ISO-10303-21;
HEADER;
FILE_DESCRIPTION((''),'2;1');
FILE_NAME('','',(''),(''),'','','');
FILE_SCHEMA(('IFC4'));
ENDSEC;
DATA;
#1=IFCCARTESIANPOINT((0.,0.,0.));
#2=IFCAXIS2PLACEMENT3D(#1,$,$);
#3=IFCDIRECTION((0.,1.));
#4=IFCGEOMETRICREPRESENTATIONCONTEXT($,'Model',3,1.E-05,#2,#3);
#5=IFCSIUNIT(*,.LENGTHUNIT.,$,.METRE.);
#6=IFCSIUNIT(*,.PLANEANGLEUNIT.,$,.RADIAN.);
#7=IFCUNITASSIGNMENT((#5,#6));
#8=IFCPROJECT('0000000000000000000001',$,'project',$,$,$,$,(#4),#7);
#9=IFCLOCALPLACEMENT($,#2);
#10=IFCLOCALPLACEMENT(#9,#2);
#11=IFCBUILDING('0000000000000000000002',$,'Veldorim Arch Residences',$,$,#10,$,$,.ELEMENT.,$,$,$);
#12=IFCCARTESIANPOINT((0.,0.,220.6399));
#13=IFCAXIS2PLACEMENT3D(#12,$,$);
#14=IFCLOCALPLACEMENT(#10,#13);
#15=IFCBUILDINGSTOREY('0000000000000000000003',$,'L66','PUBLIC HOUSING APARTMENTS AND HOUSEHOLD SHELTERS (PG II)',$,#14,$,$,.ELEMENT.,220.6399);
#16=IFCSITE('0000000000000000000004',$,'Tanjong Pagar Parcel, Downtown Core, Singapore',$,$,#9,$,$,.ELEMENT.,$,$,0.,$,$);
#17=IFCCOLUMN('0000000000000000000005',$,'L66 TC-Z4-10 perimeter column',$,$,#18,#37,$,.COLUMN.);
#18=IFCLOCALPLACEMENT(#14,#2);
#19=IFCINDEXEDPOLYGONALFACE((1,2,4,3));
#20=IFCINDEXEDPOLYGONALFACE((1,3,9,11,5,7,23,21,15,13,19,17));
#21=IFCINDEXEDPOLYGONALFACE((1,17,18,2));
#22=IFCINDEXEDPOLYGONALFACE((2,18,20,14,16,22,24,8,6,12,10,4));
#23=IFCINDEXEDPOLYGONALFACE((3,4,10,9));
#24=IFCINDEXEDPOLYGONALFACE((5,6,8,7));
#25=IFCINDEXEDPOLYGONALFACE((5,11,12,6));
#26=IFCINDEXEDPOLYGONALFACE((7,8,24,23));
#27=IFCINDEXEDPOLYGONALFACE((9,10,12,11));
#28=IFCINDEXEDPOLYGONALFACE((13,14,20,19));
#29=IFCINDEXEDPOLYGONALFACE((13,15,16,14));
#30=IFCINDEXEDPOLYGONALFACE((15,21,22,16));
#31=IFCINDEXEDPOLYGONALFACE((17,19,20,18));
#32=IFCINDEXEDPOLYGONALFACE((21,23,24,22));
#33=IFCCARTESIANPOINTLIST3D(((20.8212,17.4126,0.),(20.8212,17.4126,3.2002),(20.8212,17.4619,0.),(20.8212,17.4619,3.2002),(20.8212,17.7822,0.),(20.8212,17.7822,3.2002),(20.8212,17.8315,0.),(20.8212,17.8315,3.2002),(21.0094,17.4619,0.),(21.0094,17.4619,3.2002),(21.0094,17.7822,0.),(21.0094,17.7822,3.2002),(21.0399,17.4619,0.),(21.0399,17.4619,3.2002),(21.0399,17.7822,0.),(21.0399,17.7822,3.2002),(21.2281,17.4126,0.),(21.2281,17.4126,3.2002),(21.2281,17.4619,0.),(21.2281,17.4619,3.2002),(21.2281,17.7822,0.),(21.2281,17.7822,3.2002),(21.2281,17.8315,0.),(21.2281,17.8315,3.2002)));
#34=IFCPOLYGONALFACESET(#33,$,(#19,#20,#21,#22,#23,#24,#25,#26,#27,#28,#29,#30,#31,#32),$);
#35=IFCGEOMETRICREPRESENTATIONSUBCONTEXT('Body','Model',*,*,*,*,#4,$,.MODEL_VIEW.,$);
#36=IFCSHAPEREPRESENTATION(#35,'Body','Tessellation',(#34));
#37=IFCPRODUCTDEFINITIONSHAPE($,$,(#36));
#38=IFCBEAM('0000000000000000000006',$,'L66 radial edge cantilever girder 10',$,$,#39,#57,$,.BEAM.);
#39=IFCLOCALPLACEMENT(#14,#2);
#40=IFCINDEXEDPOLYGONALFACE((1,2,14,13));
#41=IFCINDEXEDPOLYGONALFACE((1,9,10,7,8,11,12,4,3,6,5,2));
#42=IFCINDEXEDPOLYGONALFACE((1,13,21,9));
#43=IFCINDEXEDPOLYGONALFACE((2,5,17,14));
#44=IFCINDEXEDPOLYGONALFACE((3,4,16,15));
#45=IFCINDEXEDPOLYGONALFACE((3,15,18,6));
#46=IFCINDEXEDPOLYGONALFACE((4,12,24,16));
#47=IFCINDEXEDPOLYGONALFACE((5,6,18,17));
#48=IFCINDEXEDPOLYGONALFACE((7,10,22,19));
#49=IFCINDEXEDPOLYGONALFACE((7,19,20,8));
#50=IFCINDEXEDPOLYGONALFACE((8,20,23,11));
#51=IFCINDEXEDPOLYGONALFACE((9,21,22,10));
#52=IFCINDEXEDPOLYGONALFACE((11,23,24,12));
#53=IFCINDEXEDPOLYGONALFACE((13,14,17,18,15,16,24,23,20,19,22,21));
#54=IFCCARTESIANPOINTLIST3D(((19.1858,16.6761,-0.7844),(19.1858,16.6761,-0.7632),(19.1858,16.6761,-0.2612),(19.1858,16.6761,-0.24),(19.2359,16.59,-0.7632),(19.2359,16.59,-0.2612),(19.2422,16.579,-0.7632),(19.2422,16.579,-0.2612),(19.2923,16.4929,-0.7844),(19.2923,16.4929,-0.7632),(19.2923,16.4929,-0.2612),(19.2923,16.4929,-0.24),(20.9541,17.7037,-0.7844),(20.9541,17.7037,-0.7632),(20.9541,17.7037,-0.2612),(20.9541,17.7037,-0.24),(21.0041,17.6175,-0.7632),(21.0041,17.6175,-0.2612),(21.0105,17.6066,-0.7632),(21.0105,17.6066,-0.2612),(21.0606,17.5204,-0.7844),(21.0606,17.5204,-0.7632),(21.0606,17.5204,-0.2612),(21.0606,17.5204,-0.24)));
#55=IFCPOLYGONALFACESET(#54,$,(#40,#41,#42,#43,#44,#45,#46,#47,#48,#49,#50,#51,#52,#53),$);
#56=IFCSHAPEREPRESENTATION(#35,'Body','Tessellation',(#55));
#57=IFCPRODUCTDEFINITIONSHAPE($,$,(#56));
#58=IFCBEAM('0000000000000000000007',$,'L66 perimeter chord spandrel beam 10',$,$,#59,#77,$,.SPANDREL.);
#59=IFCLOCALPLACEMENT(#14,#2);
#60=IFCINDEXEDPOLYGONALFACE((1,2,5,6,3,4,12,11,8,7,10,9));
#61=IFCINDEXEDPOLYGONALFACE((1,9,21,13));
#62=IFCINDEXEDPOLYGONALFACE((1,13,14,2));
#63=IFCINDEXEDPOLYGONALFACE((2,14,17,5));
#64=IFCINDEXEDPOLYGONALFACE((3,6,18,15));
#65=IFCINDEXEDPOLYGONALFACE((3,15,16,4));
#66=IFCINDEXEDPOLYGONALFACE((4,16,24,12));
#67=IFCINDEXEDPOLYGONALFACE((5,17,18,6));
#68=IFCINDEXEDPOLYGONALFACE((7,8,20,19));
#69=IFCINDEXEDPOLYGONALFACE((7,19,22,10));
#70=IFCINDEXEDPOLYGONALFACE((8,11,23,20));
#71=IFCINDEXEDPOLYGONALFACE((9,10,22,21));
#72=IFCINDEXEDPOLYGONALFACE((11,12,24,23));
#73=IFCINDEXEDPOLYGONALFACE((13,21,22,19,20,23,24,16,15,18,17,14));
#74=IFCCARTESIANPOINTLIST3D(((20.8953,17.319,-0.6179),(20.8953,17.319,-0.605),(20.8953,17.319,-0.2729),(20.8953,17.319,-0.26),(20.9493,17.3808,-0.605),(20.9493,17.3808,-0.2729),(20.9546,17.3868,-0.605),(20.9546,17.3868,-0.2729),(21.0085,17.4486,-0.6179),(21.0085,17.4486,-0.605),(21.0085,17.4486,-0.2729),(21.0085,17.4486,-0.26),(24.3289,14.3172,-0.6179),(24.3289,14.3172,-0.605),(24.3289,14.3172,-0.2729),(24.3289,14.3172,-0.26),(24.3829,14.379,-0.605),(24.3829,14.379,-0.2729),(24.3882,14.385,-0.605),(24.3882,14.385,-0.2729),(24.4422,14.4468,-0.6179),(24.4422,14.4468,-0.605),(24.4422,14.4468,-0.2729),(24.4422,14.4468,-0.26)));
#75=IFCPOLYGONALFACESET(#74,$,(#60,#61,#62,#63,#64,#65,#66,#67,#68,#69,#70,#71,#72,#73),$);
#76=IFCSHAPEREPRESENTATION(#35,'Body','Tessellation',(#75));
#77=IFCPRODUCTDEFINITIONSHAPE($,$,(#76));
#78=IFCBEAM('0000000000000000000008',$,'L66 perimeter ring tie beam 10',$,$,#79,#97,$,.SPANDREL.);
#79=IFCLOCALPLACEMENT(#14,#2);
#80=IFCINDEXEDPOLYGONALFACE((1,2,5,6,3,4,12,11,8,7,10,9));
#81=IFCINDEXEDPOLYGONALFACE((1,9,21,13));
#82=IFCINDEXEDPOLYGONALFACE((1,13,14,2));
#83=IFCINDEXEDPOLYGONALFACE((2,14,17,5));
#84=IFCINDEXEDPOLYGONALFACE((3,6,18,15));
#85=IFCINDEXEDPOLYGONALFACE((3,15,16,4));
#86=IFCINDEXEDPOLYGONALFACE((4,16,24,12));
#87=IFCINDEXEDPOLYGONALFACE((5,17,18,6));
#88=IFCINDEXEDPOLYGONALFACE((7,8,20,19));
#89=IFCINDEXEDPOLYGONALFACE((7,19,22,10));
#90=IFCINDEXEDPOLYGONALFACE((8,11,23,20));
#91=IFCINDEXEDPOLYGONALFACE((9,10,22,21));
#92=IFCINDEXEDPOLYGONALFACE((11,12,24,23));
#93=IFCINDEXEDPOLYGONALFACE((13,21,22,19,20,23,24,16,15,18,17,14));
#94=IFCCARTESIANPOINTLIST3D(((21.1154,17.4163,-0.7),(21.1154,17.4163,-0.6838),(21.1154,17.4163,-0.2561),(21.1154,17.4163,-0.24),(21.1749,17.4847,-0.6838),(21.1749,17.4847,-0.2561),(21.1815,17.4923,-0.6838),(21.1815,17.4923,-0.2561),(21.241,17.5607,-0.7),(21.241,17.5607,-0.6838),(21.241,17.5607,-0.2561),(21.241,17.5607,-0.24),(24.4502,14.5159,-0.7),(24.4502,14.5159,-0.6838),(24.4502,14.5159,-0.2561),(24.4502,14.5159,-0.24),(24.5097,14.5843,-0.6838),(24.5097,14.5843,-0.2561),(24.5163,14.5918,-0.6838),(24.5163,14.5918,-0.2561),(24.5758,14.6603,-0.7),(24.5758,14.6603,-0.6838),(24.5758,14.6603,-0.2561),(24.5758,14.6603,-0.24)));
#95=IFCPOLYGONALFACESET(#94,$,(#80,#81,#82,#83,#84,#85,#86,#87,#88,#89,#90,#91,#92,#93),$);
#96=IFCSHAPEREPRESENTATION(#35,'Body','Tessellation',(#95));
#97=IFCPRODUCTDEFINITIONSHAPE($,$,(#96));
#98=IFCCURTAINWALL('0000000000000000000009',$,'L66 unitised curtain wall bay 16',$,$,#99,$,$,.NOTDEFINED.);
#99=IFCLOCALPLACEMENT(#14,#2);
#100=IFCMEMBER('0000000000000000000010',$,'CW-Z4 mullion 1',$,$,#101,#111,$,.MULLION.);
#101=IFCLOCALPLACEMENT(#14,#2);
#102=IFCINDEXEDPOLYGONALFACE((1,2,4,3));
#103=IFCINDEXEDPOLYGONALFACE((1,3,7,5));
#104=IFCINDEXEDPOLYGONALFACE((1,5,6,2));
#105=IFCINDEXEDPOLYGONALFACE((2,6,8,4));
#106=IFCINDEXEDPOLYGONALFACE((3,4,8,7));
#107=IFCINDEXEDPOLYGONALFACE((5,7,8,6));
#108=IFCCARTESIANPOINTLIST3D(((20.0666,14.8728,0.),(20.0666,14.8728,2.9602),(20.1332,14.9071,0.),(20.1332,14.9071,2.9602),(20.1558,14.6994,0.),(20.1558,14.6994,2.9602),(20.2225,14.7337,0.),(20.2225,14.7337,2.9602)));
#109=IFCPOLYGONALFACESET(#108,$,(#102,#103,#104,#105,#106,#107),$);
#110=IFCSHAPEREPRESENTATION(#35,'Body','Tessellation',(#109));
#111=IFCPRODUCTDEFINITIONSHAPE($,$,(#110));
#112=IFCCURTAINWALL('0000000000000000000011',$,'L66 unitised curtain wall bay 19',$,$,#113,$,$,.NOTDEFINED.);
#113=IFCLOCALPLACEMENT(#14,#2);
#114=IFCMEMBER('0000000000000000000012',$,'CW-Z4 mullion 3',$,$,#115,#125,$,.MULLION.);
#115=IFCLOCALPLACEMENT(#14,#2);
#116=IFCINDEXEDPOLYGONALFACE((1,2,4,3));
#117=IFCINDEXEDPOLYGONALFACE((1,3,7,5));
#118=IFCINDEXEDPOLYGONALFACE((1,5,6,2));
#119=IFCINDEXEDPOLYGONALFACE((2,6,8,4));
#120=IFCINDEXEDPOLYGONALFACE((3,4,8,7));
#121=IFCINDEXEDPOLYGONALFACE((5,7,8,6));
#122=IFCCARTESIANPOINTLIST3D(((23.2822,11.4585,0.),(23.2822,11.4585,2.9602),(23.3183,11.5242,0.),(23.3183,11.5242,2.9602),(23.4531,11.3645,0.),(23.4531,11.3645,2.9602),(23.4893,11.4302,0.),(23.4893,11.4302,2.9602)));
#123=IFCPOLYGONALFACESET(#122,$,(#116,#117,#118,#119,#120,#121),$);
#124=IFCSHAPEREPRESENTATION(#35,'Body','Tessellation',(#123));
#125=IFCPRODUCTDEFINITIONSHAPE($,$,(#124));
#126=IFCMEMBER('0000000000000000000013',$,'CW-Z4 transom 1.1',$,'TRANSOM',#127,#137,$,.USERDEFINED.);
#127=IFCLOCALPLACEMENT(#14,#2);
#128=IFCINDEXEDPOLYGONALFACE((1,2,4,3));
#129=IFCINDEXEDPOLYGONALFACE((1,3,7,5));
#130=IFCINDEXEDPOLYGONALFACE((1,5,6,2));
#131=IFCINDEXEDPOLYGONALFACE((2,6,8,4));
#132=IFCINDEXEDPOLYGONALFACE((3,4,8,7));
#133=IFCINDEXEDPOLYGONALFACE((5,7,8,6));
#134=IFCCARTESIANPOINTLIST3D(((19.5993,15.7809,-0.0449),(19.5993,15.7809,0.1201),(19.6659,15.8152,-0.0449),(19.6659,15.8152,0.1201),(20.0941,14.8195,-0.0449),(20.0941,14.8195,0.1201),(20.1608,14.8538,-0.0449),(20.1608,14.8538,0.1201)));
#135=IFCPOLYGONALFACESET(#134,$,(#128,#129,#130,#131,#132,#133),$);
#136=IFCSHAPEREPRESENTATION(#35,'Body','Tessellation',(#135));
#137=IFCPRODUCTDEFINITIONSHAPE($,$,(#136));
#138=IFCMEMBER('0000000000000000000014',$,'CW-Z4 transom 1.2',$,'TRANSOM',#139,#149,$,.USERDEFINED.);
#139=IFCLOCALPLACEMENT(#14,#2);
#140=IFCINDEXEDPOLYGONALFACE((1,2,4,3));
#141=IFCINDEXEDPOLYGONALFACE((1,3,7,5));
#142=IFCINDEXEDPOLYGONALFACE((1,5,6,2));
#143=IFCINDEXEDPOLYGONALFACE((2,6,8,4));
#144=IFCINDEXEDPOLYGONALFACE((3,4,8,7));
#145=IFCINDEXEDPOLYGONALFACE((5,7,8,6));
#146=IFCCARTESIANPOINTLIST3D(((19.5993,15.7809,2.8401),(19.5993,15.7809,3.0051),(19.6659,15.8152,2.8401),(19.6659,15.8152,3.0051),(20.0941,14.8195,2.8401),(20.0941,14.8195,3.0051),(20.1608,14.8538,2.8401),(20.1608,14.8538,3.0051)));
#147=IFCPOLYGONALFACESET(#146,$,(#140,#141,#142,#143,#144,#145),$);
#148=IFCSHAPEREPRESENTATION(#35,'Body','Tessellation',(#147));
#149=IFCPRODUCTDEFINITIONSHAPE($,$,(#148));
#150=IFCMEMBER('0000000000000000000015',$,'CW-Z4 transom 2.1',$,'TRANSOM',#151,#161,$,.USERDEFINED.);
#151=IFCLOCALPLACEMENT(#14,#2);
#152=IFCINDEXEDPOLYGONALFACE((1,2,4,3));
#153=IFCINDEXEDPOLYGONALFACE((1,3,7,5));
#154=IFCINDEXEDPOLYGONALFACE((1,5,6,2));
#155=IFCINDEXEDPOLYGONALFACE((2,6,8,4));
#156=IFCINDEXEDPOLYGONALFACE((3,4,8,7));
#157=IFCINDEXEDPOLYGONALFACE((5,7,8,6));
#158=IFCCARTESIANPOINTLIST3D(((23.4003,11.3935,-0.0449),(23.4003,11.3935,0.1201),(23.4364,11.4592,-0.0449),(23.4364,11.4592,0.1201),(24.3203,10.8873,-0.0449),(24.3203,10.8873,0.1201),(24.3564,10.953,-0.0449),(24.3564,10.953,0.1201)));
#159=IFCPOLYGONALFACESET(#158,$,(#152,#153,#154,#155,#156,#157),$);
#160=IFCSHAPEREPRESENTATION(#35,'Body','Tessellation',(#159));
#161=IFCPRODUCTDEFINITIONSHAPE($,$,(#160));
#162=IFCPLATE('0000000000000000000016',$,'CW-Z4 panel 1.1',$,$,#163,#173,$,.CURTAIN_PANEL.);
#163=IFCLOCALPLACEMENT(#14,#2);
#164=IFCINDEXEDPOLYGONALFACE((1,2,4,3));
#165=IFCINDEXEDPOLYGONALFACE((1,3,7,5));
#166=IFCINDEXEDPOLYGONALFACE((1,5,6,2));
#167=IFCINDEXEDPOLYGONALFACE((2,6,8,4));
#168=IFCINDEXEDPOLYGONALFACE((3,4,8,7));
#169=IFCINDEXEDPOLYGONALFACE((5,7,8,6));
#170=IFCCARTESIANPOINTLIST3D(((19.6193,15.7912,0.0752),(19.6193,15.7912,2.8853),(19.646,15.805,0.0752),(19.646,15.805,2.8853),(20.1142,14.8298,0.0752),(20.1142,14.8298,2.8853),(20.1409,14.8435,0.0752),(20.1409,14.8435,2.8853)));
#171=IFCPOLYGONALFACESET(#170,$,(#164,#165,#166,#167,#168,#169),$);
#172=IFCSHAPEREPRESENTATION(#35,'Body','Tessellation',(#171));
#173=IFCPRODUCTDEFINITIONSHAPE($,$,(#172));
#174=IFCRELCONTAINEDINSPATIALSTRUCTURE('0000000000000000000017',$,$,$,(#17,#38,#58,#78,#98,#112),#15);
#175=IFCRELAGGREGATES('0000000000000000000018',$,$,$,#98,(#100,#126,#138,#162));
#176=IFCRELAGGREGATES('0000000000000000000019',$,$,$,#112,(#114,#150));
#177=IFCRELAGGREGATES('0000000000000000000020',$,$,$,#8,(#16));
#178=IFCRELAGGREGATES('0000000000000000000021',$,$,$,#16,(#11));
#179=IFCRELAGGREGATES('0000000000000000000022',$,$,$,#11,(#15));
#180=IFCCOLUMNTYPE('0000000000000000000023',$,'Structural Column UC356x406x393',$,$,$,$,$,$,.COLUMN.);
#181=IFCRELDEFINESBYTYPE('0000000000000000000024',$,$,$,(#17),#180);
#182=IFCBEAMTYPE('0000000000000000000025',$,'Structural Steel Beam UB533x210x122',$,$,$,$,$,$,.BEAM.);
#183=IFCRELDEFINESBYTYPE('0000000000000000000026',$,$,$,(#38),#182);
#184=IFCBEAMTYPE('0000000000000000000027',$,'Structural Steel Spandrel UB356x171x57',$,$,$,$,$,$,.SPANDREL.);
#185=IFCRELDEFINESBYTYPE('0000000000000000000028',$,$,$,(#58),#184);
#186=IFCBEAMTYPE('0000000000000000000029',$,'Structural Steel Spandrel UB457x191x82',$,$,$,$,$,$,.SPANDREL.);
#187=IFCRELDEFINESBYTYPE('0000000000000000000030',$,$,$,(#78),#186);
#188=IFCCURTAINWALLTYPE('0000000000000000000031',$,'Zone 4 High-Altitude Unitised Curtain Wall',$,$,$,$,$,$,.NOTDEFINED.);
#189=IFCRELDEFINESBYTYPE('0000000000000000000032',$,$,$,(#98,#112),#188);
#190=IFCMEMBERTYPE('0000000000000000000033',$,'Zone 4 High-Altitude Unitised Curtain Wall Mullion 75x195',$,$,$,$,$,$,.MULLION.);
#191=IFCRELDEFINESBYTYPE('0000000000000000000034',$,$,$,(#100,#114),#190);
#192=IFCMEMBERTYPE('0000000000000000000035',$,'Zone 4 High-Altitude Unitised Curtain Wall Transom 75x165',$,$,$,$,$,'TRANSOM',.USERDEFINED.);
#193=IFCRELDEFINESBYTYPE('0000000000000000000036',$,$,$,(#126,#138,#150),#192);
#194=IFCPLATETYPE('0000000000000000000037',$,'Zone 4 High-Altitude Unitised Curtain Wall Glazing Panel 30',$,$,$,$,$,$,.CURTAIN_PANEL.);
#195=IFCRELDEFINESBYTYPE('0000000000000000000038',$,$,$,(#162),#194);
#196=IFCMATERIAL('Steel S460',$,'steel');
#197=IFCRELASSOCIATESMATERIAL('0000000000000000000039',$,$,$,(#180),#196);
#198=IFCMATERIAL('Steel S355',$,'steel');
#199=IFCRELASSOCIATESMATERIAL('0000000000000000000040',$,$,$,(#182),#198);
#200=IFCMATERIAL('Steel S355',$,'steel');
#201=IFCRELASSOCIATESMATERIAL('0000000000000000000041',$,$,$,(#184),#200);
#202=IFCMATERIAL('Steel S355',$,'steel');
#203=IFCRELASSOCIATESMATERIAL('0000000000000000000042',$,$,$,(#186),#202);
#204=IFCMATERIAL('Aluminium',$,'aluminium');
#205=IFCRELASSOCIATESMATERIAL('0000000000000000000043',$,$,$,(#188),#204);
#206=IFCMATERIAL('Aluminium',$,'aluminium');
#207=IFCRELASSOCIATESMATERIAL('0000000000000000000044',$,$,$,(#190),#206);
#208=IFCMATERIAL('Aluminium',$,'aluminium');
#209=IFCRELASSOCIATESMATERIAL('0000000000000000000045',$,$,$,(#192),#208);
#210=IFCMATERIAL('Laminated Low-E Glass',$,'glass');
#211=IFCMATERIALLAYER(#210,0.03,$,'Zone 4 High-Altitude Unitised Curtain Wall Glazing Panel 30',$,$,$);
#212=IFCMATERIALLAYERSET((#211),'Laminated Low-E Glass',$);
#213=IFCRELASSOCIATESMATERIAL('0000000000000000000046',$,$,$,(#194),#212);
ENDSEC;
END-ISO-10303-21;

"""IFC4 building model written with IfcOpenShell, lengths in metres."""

from ifc_helpers import new_model, si_unit, direction, frame, origin, origin_2d, place, context, subcontext, project, spatial, rectangle, i_section, extrude, material, layer, layer_set, material_profile, profile_set, type_object, element, aggregate, save


model = new_model("IFC4")

# Units and contexts
model_context = context("Model", 3, precision=1e-05, world=origin(), true_north=direction((0.0, 1.0)))
body_context = subcontext(model_context, "Body", "Model", "MODEL_VIEW")
ifc_project = project(units=[si_unit("LENGTHUNIT", "METRE"), si_unit("PLANEANGLEUNIT", "RADIAN")], contexts=[model_context])

# Site, building, storey
site_placement = place(None, origin())
site = spatial("IfcSite", under=ifc_project, at=site_placement, Name="Tanjong Pagar Parcel, Downtown Core, Singapore", CompositionType="ELEMENT", RefElevation=0.0)
building_placement = place(site_placement, origin())
building = spatial("IfcBuilding", under=site, at=building_placement, Name="Veldorim Arch Residences", CompositionType="ELEMENT")
storey_placement = place(building_placement, frame((0.0, 0.0, 220.6399)))
storey = spatial("IfcBuildingStorey", under=building, at=storey_placement, Name="L66", Description="PUBLIC HOUSING APARTMENTS AND HOUSEHOLD SHELTERS (PG II)", CompositionType="ELEMENT", Elevation=220.6399)

# Column
ifc_material_1 = material(Name="Steel S460", Category="steel")
ifc_material_profile_1 = material_profile(ifc_material_1, i_section(OverallWidth=0.407, OverallDepth=0.4189, WebThickness=0.0305, FlangeThickness=0.0493, at=origin_2d()), Name="UC356x406x393")
ifc_profile_set_1 = profile_set([ifc_material_profile_1], Name="Steel S460")
column_type = type_object("IfcColumnType", Name="Structural Column UC356x406x393", PredefinedType="COLUMN", material=ifc_profile_set_1)
column_placement = place(storey_placement, frame((21.0247, 17.6221, 0.0), z_axis=(0.0, 0.0, 1.0), x_axis=(1.0, 0.0, 0.0)))
element("IfcColumn", 1, at=column_placement, inside=storey, type_object=column_type, Name="L66 TC-Z4-10 perimeter column", PredefinedType="COLUMN", context=body_context, shape_type="SweptSolid", body=[
    extrude(i_section(OverallWidth=0.407, OverallDepth=0.4189, WebThickness=0.0305, FlangeThickness=0.0493, at=origin_2d()), origin(), (0.0, 0.0, 1.0), 3.2002),
])

# Beams
ifc_material_2 = material(Name="Steel S355", Category="steel")
ifc_material_profile_2 = material_profile(ifc_material_2, i_section(OverallWidth=0.2119, OverallDepth=0.5444, WebThickness=0.0127, FlangeThickness=0.0212, at=origin_2d()), Name="UB533x210x122")
ifc_profile_set_2 = profile_set([ifc_material_profile_2], Name="Steel S355")
beam_type_1 = type_object("IfcBeamType", Name="Structural Steel Beam UB533x210x122", PredefinedType="BEAM", material=ifc_profile_set_2)
beam_1_placement = place(storey_placement, frame((21.0073, 17.6121, -0.5122), z_axis=(-0.864613, -0.502438, 0.0), x_axis=(0.502438, -0.864613, 0.0)))
element("IfcBeam", 2, at=beam_1_placement, inside=storey, type_object=beam_type_1, Name="L66 radial edge cantilever girder 10", PredefinedType="BEAM", context=body_context, shape_type="SweptSolid", body=[
    extrude(i_section(OverallWidth=0.2119, OverallDepth=0.5444, WebThickness=0.0127, FlangeThickness=0.0212, at=origin_2d()), origin(), (0.0, 0.0, 1.0), 2.0452),
])
ifc_material_3 = material(Name="Steel S355", Category="steel")
ifc_material_profile_3 = material_profile(ifc_material_3, i_section(OverallWidth=0.1721, OverallDepth=0.3579, WebThickness=0.0081, FlangeThickness=0.0129, at=origin_2d()), Name="UB356x171x57")
ifc_profile_set_3 = profile_set([ifc_material_profile_3], Name="Steel S355")
beam_type_2 = type_object("IfcBeamType", Name="Structural Steel Spandrel UB356x171x57", PredefinedType="SPANDREL", material=ifc_profile_set_3)
beam_2_placement = place(storey_placement, frame((20.9519, 17.3838, -0.439), z_axis=(0.752868, -0.658171, 0.0), x_axis=(0.658171, 0.752868, 0.0)))
element("IfcBeam", 3, at=beam_2_placement, inside=storey, type_object=beam_type_2, Name="L66 perimeter chord spandrel beam 10", PredefinedType="SPANDREL", context=body_context, shape_type="SweptSolid", body=[
    extrude(i_section(OverallWidth=0.1721, OverallDepth=0.3579, WebThickness=0.0081, FlangeThickness=0.0129, at=origin_2d()), origin(), (0.0, 0.0, 1.0), 4.5608),
])
ifc_material_4 = material(Name="Steel S355", Category="steel")
ifc_material_profile_4 = material_profile(ifc_material_4, i_section(OverallWidth=0.1914, OverallDepth=0.46, WebThickness=0.01, FlangeThickness=0.0161, at=origin_2d()), Name="UB457x191x82")
ifc_profile_set_4 = profile_set([ifc_material_profile_4], Name="Steel S355")
beam_type_3 = type_object("IfcBeamType", Name="Structural Steel Spandrel UB457x191x82", PredefinedType="SPANDREL", material=ifc_profile_set_4)
beam_3_placement = place(storey_placement, frame((21.1782, 17.4885, -0.47), z_axis=(0.754534, -0.656261, 0.0), x_axis=(0.656261, 0.754534, 0.0)))
element("IfcBeam", 4, at=beam_3_placement, inside=storey, type_object=beam_type_3, Name="L66 perimeter ring tie beam 10", PredefinedType="SPANDREL", context=body_context, shape_type="SweptSolid", body=[
    extrude(i_section(OverallWidth=0.1914, OverallDepth=0.46, WebThickness=0.01, FlangeThickness=0.0161, at=origin_2d()), origin(), (0.0, 0.0, 1.0), 4.4197),
])

# Curtain walls, members
ifc_material_5 = material(Name="Aluminium", Category="aluminium")
curtain_wall_type = type_object("IfcCurtainWallType", Name="Zone 4 High-Altitude Unitised Curtain Wall", PredefinedType="NOTDEFINED", material=ifc_material_5)
curtain_wall_1_placement = place(storey_placement, origin())
curtain_wall_1 = element("IfcCurtainWall", 5, at=curtain_wall_1_placement, inside=storey, type_object=curtain_wall_type, Name="L66 unitised curtain wall bay 16", PredefinedType="NOTDEFINED")
ifc_material_6 = material(Name="Aluminium", Category="aluminium")
ifc_material_profile_5 = material_profile(ifc_material_6, rectangle(XDim=0.075, YDim=0.1951, at=origin_2d()), Name="ALU_MUL_75x195")
ifc_profile_set_5 = profile_set([ifc_material_profile_5], Name="Aluminium")
member_type_1 = type_object("IfcMemberType", Name="Zone 4 High-Altitude Unitised Curtain Wall Mullion 75x195", PredefinedType="MULLION", material=ifc_profile_set_5)
member_1_placement = place(storey_placement, frame((20.1445, 14.8032, 0.0), z_axis=(0.0, 0.0, 1.0), x_axis=(-0.889131, -0.457653, 0.0)))
member_1 = element("IfcMember", 6, at=member_1_placement, type_object=member_type_1, Name="CW-Z4 mullion 1", PredefinedType="MULLION", context=body_context, shape_type="SweptSolid", body=[
    extrude(rectangle(XDim=0.075, YDim=0.1951, at=origin_2d()), origin(), (0.0, 0.0, 1.0), 2.9602),
])
curtain_wall_2_placement = place(storey_placement, origin())
curtain_wall_2 = element("IfcCurtainWall", 7, at=curtain_wall_2_placement, inside=storey, type_object=curtain_wall_type, Name="L66 unitised curtain wall bay 19", PredefinedType="NOTDEFINED")
member_2_placement = place(storey_placement, frame((23.3857, 11.4443, 0.0), z_axis=(0.0, 0.0, 1.0), x_axis=(-0.481953, -0.876197, 0.0)))
member_2 = element("IfcMember", 8, at=member_2_placement, type_object=member_type_1, Name="CW-Z4 mullion 3", PredefinedType="MULLION", context=body_context, shape_type="SweptSolid", body=[
    extrude(rectangle(XDim=0.075, YDim=0.1951, at=origin_2d()), origin(), (0.0, 0.0, 1.0), 2.9602),
])

# Members
ifc_material_7 = material(Name="Aluminium", Category="aluminium")
ifc_material_profile_6 = material_profile(ifc_material_7, rectangle(XDim=0.075, YDim=0.165, at=origin_2d()), Name="ALU_TRN_75x165")
ifc_profile_set_6 = profile_set([ifc_material_profile_6], Name="Aluminium")
member_type_2 = type_object("IfcMemberType", Name="Zone 4 High-Altitude Unitised Curtain Wall Transom 75x165", ElementType="TRANSOM", PredefinedType="USERDEFINED", material=ifc_profile_set_6)
member_3_placement = place(storey_placement, frame((20.1274, 14.8367, 0.0376), z_axis=(-0.457659, 0.889128, 0.0), x_axis=(-0.889128, -0.457659, 0.0)))
member_3 = element("IfcMember", 9, at=member_3_placement, type_object=member_type_2, Name="CW-Z4 transom 1.1", ObjectType="TRANSOM", PredefinedType="USERDEFINED", context=body_context, shape_type="SweptSolid", body=[
    extrude(rectangle(XDim=0.075, YDim=0.165, at=origin_2d()), origin(), (0.0, 0.0, 1.0), 1.0813),
])
member_4_placement = place(storey_placement, frame((20.1274, 14.8367, 2.9226), z_axis=(-0.457659, 0.889128, 0.0), x_axis=(-0.889128, -0.457659, 0.0)))
member_4 = element("IfcMember", 10, at=member_4_placement, type_object=member_type_2, Name="CW-Z4 transom 1.2", ObjectType="TRANSOM", PredefinedType="USERDEFINED", context=body_context, shape_type="SweptSolid", body=[
    extrude(rectangle(XDim=0.075, YDim=0.165, at=origin_2d()), origin(), (0.0, 0.0, 1.0), 1.0813),
])
member_5_placement = place(storey_placement, frame((24.3384, 10.9202, 0.0376), z_axis=(-0.876157, 0.482026, 0.0), x_axis=(-0.482026, -0.876157, 0.0)))
member_5 = element("IfcMember", 11, at=member_5_placement, type_object=member_type_2, Name="CW-Z4 transom 2.1", ObjectType="TRANSOM", PredefinedType="USERDEFINED", context=body_context, shape_type="SweptSolid", body=[
    extrude(rectangle(XDim=0.075, YDim=0.165, at=origin_2d()), origin(), (0.0, 0.0, 1.0), 1.05),
])

# Plate
ifc_material_8 = material(Name="Laminated Low-E Glass", Category="glass")
ifc_layer_1 = layer(ifc_material_8, 0.03, Name="Zone 4 High-Altitude Unitised Curtain Wall Glazing Panel 30")
ifc_layer_set_1 = layer_set([ifc_layer_1], Name="Laminated Low-E Glass")
plate_type = type_object("IfcPlateType", Name="Zone 4 High-Altitude Unitised Curtain Wall Glazing Panel 30", PredefinedType="CURTAIN_PANEL", material=ifc_layer_set_1)
plate_1_placement = place(storey_placement, frame((19.8801, 15.3174, 0.0752), z_axis=(0.0, 0.0, 1.0), x_axis=(-0.457653, 0.889131, 0.0)))
plate_1 = element("IfcPlate", 12, at=plate_1_placement, type_object=plate_type, Name="CW-Z4 panel 1.1", PredefinedType="CURTAIN_PANEL", context=body_context, shape_type="SweptSolid", body=[
    extrude(rectangle(XDim=1.0813, YDim=0.03, at=origin_2d()), origin(), (0.0, 0.0, 1.0), 2.8101),
])
aggregate(curtain_wall_1, [member_1, member_3, member_4, plate_1])
aggregate(curtain_wall_2, [member_2, member_5])

save(model, "model.ifc")
